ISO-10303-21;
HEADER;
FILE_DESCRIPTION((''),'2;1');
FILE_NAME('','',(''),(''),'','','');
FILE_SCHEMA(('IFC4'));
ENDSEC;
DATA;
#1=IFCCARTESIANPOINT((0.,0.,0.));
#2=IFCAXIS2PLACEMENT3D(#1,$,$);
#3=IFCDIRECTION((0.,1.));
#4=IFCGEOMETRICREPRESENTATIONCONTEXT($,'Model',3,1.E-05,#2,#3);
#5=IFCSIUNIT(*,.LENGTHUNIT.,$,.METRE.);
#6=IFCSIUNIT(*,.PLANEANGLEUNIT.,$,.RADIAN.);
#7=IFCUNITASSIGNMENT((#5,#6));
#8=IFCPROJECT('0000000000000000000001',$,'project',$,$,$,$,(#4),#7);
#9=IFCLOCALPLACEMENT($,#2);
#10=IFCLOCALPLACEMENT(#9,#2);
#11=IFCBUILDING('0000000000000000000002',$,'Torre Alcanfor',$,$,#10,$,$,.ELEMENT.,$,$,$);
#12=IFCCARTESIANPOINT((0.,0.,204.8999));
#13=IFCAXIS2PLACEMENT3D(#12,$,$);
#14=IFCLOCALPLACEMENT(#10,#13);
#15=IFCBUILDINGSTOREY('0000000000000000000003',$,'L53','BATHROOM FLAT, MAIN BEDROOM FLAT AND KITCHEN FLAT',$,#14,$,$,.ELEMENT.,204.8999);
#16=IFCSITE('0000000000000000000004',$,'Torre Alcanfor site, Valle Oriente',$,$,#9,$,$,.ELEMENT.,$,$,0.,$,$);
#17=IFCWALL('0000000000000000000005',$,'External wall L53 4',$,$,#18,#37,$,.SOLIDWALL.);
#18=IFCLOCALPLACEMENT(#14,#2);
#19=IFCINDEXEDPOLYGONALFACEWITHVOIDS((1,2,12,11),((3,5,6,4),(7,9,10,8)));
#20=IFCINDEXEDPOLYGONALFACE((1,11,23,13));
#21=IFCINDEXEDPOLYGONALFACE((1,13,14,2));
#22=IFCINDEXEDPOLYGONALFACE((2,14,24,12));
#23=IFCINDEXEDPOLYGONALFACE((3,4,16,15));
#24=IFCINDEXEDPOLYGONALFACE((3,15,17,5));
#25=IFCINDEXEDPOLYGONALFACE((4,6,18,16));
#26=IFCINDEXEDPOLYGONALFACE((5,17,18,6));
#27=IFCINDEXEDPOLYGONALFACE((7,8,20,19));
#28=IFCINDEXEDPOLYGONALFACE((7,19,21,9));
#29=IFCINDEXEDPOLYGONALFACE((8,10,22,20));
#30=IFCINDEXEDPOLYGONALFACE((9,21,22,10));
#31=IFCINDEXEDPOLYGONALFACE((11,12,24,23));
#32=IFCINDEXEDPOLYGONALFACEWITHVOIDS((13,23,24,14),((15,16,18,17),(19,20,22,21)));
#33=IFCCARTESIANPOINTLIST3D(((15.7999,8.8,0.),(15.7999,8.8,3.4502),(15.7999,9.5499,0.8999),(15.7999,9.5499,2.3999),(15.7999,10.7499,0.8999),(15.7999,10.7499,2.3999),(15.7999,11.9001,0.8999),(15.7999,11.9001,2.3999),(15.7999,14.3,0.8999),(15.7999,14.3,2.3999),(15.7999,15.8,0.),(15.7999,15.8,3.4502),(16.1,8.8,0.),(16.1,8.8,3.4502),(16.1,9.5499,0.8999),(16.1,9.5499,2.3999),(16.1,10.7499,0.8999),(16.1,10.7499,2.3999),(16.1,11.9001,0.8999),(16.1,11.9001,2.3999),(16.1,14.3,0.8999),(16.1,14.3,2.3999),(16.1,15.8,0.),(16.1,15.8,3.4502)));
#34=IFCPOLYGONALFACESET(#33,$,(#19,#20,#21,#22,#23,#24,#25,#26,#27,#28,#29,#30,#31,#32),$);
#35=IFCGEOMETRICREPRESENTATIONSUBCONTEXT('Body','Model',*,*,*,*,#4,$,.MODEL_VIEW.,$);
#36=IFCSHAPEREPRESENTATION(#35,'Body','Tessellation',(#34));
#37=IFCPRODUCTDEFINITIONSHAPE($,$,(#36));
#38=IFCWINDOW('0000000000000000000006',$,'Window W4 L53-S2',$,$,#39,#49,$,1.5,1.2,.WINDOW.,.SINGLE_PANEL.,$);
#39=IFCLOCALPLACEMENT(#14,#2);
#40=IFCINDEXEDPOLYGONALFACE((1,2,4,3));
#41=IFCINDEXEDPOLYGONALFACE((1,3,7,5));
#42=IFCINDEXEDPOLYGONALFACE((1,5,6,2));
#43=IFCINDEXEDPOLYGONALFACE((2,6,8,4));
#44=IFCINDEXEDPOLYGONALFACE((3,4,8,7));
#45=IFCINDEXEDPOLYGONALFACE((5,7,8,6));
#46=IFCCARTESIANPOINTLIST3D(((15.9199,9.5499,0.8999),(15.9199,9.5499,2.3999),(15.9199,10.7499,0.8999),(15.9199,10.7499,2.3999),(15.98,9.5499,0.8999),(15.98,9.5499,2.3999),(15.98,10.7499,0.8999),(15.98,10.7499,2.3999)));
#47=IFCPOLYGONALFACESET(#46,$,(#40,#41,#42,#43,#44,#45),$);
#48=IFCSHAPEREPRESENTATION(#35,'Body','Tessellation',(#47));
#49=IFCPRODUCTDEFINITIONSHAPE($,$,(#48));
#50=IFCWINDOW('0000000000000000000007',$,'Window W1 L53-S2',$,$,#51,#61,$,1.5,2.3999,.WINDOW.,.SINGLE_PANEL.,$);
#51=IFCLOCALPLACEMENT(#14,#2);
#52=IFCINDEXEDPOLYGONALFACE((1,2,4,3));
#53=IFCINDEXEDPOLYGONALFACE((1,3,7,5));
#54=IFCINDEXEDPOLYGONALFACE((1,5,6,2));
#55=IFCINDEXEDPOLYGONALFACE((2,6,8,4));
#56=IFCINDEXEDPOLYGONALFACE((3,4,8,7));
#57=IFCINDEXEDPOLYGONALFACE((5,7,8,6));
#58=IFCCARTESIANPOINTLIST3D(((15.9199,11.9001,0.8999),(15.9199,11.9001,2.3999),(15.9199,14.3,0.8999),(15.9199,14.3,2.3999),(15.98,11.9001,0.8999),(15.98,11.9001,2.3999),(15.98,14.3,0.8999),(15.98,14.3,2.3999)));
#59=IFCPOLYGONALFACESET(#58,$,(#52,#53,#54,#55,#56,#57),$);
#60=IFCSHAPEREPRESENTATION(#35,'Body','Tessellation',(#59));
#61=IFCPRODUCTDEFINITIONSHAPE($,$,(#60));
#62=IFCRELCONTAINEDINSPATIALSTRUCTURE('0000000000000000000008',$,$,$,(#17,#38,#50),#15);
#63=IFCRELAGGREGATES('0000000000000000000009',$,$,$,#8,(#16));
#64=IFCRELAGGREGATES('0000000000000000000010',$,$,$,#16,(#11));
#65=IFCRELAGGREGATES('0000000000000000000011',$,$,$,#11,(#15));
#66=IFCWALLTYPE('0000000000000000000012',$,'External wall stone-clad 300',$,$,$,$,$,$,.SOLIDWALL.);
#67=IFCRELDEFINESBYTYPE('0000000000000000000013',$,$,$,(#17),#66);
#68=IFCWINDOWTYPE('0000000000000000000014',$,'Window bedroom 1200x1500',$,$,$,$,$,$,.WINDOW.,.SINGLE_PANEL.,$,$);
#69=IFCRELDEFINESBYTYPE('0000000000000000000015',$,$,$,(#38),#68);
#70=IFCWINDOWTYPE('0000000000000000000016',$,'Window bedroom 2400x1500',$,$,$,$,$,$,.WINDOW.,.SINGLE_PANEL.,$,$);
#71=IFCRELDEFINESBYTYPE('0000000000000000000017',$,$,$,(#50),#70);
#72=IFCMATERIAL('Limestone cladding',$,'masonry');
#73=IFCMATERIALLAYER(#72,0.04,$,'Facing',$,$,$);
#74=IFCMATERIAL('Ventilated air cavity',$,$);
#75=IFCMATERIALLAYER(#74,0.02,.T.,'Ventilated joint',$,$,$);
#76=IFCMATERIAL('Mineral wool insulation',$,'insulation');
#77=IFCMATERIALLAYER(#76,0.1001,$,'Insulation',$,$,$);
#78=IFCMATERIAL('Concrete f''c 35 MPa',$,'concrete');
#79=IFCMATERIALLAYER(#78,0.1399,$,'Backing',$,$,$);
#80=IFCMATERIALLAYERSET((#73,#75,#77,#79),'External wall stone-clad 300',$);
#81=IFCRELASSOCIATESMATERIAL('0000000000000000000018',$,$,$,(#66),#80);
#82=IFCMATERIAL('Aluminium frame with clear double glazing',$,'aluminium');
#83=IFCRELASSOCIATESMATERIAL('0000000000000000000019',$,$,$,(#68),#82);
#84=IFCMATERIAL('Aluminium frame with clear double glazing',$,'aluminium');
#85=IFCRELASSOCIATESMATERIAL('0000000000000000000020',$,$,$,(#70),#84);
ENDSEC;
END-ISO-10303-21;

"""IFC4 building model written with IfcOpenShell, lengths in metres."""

from ifc_helpers import new_model, si_unit, direction, frame, frame_2d, origin, place, context, subcontext, project, spatial, rectangle, extrude, material, layer, layer_set, type_object, element, fill, save


model = new_model("IFC4")

# Units and contexts
model_context = context("Model", 3, precision=1e-05, world=origin(), true_north=direction((0.0, 1.0)))
body_context = subcontext(model_context, "Body", "Model", "MODEL_VIEW")
ifc_project = project(units=[si_unit("LENGTHUNIT", "METRE"), si_unit("PLANEANGLEUNIT", "RADIAN")], contexts=[model_context])

# Site, building, storey
site_placement = place(None, origin())
site = spatial("IfcSite", under=ifc_project, at=site_placement, Name="Torre Alcanfor site, Valle Oriente", CompositionType="ELEMENT", RefElevation=0.0)
building_placement = place(site_placement, origin())
building = spatial("IfcBuilding", under=site, at=building_placement, Name="Torre Alcanfor", CompositionType="ELEMENT")
storey_placement = place(building_placement, frame((0.0, 0.0, 204.8999)))
storey = spatial("IfcBuildingStorey", under=building, at=storey_placement, Name="L53", Description="BATHROOM FLAT, MAIN BEDROOM FLAT AND KITCHEN FLAT", CompositionType="ELEMENT", Elevation=204.8999)

# Shared definitions
ifc_material_1 = material(Name="Limestone cladding", Category="masonry")
ifc_layer_1 = layer(ifc_material_1, 0.04, Name="Facing")
ifc_material_2 = material(Name="Ventilated air cavity")
ifc_layer_2 = layer(ifc_material_2, 0.02, ventilated=True, Name="Ventilated joint")
ifc_material_3 = material(Name="Mineral wool insulation", Category="insulation")
ifc_layer_3 = layer(ifc_material_3, 0.1001, Name="Insulation")
ifc_material_4 = material(Name="Concrete f'c 35 MPa", Category="concrete")
ifc_layer_4 = layer(ifc_material_4, 0.1399, Name="Backing")
ifc_layer_set_1 = layer_set([ifc_layer_1, ifc_layer_2, ifc_layer_3, ifc_layer_4], Name="External wall stone-clad 300")
wall_type_1 = type_object("IfcWallType", Name="External wall stone-clad 300", PredefinedType="SOLIDWALL", material=ifc_layer_set_1)
ifc_material_5 = material(Name="Aluminium frame with clear double glazing", Category="aluminium")
window_type_1 = type_object("IfcWindowType", Name="Window bedroom 1200x1500", PartitioningType="SINGLE_PANEL", PredefinedType="WINDOW", material=ifc_material_5)

# Wall, openings, windows
wall_1_placement = place(storey_placement, frame((15.95, 15.8, 0.0), z_axis=(0.0, 0.0, 1.0), x_axis=(0.0, -1.0, 0.0)))
wall_1 = element("IfcWall", 1, at=wall_1_placement, inside=storey, type_object=wall_type_1, Name="External wall L53 4", PredefinedType="SOLIDWALL", context=body_context, shape_type="SweptSolid", body=[
    extrude(rectangle(XDim=7.0, YDim=0.3, at=frame_2d((3.5, 0.0))), origin(), (0.0, 0.0, 1.0), 3.4502),
])
opening_1_placement = place(wall_1_placement, frame((1.5, 0.0, 0.8999)))
opening_1 = element("IfcOpeningElement", 2, at=opening_1_placement, cuts=wall_1, PredefinedType="OPENING", context=body_context, shape_type="SweptSolid", body=[
    extrude(rectangle(XDim=2.3999, YDim=1.5, at=frame_2d((1.2, 0.75))), frame((0.0, 0.1599, 0.0), z_axis=(0.0, -1.0, 0.0), x_axis=(1.0, 0.0, 0.0)), (0.0, 0.0, 1.0), 0.3201),
])
opening_2_placement = place(wall_1_placement, frame((5.05, 0.0, 0.8999)))
opening_2 = element("IfcOpeningElement", 3, at=opening_2_placement, cuts=wall_1, PredefinedType="OPENING", context=body_context, shape_type="SweptSolid", body=[
    extrude(rectangle(XDim=1.2, YDim=1.5, at=frame_2d((0.6001, 0.75))), frame((0.0, 0.1599, 0.0), z_axis=(0.0, -1.0, 0.0), x_axis=(1.0, 0.0, 0.0)), (0.0, 0.0, 1.0), 0.3201),
])
window_1_placement = place(opening_2_placement, origin())
window_1 = element("IfcWindow", 4, at=window_1_placement, inside=storey, type_object=window_type_1, Name="Window W4 L53-S2", OverallHeight=1.5, OverallWidth=1.2, PartitioningType="SINGLE_PANEL", PredefinedType="WINDOW", context=body_context, shape_type="SweptSolid", body=[
    extrude(rectangle(XDim=1.2, YDim=1.5, at=frame_2d((0.6001, 0.75))), frame((0.0, 0.03, 0.0), z_axis=(0.0, -1.0, 0.0), x_axis=(1.0, 0.0, 0.0)), (0.0, 0.0, 1.0), 0.0601),
])
fill(opening_2, window_1)
ifc_material_6 = material(Name="Aluminium frame with clear double glazing", Category="aluminium")
window_type_2 = type_object("IfcWindowType", Name="Window bedroom 2400x1500", PartitioningType="SINGLE_PANEL", PredefinedType="WINDOW", material=ifc_material_6)
window_2_placement = place(opening_1_placement, origin())
window_2 = element("IfcWindow", 5, at=window_2_placement, inside=storey, type_object=window_type_2, Name="Window W1 L53-S2", OverallHeight=1.5, OverallWidth=2.3999, PartitioningType="SINGLE_PANEL", PredefinedType="WINDOW", context=body_context, shape_type="SweptSolid", body=[
    extrude(rectangle(XDim=2.3999, YDim=1.5, at=frame_2d((1.2, 0.75))), frame((0.0, 0.03, 0.0), z_axis=(0.0, -1.0, 0.0), x_axis=(1.0, 0.0, 0.0)), (0.0, 0.0, 1.0), 0.0601),
])
fill(opening_1, window_2)

save(model, "model.ifc")
